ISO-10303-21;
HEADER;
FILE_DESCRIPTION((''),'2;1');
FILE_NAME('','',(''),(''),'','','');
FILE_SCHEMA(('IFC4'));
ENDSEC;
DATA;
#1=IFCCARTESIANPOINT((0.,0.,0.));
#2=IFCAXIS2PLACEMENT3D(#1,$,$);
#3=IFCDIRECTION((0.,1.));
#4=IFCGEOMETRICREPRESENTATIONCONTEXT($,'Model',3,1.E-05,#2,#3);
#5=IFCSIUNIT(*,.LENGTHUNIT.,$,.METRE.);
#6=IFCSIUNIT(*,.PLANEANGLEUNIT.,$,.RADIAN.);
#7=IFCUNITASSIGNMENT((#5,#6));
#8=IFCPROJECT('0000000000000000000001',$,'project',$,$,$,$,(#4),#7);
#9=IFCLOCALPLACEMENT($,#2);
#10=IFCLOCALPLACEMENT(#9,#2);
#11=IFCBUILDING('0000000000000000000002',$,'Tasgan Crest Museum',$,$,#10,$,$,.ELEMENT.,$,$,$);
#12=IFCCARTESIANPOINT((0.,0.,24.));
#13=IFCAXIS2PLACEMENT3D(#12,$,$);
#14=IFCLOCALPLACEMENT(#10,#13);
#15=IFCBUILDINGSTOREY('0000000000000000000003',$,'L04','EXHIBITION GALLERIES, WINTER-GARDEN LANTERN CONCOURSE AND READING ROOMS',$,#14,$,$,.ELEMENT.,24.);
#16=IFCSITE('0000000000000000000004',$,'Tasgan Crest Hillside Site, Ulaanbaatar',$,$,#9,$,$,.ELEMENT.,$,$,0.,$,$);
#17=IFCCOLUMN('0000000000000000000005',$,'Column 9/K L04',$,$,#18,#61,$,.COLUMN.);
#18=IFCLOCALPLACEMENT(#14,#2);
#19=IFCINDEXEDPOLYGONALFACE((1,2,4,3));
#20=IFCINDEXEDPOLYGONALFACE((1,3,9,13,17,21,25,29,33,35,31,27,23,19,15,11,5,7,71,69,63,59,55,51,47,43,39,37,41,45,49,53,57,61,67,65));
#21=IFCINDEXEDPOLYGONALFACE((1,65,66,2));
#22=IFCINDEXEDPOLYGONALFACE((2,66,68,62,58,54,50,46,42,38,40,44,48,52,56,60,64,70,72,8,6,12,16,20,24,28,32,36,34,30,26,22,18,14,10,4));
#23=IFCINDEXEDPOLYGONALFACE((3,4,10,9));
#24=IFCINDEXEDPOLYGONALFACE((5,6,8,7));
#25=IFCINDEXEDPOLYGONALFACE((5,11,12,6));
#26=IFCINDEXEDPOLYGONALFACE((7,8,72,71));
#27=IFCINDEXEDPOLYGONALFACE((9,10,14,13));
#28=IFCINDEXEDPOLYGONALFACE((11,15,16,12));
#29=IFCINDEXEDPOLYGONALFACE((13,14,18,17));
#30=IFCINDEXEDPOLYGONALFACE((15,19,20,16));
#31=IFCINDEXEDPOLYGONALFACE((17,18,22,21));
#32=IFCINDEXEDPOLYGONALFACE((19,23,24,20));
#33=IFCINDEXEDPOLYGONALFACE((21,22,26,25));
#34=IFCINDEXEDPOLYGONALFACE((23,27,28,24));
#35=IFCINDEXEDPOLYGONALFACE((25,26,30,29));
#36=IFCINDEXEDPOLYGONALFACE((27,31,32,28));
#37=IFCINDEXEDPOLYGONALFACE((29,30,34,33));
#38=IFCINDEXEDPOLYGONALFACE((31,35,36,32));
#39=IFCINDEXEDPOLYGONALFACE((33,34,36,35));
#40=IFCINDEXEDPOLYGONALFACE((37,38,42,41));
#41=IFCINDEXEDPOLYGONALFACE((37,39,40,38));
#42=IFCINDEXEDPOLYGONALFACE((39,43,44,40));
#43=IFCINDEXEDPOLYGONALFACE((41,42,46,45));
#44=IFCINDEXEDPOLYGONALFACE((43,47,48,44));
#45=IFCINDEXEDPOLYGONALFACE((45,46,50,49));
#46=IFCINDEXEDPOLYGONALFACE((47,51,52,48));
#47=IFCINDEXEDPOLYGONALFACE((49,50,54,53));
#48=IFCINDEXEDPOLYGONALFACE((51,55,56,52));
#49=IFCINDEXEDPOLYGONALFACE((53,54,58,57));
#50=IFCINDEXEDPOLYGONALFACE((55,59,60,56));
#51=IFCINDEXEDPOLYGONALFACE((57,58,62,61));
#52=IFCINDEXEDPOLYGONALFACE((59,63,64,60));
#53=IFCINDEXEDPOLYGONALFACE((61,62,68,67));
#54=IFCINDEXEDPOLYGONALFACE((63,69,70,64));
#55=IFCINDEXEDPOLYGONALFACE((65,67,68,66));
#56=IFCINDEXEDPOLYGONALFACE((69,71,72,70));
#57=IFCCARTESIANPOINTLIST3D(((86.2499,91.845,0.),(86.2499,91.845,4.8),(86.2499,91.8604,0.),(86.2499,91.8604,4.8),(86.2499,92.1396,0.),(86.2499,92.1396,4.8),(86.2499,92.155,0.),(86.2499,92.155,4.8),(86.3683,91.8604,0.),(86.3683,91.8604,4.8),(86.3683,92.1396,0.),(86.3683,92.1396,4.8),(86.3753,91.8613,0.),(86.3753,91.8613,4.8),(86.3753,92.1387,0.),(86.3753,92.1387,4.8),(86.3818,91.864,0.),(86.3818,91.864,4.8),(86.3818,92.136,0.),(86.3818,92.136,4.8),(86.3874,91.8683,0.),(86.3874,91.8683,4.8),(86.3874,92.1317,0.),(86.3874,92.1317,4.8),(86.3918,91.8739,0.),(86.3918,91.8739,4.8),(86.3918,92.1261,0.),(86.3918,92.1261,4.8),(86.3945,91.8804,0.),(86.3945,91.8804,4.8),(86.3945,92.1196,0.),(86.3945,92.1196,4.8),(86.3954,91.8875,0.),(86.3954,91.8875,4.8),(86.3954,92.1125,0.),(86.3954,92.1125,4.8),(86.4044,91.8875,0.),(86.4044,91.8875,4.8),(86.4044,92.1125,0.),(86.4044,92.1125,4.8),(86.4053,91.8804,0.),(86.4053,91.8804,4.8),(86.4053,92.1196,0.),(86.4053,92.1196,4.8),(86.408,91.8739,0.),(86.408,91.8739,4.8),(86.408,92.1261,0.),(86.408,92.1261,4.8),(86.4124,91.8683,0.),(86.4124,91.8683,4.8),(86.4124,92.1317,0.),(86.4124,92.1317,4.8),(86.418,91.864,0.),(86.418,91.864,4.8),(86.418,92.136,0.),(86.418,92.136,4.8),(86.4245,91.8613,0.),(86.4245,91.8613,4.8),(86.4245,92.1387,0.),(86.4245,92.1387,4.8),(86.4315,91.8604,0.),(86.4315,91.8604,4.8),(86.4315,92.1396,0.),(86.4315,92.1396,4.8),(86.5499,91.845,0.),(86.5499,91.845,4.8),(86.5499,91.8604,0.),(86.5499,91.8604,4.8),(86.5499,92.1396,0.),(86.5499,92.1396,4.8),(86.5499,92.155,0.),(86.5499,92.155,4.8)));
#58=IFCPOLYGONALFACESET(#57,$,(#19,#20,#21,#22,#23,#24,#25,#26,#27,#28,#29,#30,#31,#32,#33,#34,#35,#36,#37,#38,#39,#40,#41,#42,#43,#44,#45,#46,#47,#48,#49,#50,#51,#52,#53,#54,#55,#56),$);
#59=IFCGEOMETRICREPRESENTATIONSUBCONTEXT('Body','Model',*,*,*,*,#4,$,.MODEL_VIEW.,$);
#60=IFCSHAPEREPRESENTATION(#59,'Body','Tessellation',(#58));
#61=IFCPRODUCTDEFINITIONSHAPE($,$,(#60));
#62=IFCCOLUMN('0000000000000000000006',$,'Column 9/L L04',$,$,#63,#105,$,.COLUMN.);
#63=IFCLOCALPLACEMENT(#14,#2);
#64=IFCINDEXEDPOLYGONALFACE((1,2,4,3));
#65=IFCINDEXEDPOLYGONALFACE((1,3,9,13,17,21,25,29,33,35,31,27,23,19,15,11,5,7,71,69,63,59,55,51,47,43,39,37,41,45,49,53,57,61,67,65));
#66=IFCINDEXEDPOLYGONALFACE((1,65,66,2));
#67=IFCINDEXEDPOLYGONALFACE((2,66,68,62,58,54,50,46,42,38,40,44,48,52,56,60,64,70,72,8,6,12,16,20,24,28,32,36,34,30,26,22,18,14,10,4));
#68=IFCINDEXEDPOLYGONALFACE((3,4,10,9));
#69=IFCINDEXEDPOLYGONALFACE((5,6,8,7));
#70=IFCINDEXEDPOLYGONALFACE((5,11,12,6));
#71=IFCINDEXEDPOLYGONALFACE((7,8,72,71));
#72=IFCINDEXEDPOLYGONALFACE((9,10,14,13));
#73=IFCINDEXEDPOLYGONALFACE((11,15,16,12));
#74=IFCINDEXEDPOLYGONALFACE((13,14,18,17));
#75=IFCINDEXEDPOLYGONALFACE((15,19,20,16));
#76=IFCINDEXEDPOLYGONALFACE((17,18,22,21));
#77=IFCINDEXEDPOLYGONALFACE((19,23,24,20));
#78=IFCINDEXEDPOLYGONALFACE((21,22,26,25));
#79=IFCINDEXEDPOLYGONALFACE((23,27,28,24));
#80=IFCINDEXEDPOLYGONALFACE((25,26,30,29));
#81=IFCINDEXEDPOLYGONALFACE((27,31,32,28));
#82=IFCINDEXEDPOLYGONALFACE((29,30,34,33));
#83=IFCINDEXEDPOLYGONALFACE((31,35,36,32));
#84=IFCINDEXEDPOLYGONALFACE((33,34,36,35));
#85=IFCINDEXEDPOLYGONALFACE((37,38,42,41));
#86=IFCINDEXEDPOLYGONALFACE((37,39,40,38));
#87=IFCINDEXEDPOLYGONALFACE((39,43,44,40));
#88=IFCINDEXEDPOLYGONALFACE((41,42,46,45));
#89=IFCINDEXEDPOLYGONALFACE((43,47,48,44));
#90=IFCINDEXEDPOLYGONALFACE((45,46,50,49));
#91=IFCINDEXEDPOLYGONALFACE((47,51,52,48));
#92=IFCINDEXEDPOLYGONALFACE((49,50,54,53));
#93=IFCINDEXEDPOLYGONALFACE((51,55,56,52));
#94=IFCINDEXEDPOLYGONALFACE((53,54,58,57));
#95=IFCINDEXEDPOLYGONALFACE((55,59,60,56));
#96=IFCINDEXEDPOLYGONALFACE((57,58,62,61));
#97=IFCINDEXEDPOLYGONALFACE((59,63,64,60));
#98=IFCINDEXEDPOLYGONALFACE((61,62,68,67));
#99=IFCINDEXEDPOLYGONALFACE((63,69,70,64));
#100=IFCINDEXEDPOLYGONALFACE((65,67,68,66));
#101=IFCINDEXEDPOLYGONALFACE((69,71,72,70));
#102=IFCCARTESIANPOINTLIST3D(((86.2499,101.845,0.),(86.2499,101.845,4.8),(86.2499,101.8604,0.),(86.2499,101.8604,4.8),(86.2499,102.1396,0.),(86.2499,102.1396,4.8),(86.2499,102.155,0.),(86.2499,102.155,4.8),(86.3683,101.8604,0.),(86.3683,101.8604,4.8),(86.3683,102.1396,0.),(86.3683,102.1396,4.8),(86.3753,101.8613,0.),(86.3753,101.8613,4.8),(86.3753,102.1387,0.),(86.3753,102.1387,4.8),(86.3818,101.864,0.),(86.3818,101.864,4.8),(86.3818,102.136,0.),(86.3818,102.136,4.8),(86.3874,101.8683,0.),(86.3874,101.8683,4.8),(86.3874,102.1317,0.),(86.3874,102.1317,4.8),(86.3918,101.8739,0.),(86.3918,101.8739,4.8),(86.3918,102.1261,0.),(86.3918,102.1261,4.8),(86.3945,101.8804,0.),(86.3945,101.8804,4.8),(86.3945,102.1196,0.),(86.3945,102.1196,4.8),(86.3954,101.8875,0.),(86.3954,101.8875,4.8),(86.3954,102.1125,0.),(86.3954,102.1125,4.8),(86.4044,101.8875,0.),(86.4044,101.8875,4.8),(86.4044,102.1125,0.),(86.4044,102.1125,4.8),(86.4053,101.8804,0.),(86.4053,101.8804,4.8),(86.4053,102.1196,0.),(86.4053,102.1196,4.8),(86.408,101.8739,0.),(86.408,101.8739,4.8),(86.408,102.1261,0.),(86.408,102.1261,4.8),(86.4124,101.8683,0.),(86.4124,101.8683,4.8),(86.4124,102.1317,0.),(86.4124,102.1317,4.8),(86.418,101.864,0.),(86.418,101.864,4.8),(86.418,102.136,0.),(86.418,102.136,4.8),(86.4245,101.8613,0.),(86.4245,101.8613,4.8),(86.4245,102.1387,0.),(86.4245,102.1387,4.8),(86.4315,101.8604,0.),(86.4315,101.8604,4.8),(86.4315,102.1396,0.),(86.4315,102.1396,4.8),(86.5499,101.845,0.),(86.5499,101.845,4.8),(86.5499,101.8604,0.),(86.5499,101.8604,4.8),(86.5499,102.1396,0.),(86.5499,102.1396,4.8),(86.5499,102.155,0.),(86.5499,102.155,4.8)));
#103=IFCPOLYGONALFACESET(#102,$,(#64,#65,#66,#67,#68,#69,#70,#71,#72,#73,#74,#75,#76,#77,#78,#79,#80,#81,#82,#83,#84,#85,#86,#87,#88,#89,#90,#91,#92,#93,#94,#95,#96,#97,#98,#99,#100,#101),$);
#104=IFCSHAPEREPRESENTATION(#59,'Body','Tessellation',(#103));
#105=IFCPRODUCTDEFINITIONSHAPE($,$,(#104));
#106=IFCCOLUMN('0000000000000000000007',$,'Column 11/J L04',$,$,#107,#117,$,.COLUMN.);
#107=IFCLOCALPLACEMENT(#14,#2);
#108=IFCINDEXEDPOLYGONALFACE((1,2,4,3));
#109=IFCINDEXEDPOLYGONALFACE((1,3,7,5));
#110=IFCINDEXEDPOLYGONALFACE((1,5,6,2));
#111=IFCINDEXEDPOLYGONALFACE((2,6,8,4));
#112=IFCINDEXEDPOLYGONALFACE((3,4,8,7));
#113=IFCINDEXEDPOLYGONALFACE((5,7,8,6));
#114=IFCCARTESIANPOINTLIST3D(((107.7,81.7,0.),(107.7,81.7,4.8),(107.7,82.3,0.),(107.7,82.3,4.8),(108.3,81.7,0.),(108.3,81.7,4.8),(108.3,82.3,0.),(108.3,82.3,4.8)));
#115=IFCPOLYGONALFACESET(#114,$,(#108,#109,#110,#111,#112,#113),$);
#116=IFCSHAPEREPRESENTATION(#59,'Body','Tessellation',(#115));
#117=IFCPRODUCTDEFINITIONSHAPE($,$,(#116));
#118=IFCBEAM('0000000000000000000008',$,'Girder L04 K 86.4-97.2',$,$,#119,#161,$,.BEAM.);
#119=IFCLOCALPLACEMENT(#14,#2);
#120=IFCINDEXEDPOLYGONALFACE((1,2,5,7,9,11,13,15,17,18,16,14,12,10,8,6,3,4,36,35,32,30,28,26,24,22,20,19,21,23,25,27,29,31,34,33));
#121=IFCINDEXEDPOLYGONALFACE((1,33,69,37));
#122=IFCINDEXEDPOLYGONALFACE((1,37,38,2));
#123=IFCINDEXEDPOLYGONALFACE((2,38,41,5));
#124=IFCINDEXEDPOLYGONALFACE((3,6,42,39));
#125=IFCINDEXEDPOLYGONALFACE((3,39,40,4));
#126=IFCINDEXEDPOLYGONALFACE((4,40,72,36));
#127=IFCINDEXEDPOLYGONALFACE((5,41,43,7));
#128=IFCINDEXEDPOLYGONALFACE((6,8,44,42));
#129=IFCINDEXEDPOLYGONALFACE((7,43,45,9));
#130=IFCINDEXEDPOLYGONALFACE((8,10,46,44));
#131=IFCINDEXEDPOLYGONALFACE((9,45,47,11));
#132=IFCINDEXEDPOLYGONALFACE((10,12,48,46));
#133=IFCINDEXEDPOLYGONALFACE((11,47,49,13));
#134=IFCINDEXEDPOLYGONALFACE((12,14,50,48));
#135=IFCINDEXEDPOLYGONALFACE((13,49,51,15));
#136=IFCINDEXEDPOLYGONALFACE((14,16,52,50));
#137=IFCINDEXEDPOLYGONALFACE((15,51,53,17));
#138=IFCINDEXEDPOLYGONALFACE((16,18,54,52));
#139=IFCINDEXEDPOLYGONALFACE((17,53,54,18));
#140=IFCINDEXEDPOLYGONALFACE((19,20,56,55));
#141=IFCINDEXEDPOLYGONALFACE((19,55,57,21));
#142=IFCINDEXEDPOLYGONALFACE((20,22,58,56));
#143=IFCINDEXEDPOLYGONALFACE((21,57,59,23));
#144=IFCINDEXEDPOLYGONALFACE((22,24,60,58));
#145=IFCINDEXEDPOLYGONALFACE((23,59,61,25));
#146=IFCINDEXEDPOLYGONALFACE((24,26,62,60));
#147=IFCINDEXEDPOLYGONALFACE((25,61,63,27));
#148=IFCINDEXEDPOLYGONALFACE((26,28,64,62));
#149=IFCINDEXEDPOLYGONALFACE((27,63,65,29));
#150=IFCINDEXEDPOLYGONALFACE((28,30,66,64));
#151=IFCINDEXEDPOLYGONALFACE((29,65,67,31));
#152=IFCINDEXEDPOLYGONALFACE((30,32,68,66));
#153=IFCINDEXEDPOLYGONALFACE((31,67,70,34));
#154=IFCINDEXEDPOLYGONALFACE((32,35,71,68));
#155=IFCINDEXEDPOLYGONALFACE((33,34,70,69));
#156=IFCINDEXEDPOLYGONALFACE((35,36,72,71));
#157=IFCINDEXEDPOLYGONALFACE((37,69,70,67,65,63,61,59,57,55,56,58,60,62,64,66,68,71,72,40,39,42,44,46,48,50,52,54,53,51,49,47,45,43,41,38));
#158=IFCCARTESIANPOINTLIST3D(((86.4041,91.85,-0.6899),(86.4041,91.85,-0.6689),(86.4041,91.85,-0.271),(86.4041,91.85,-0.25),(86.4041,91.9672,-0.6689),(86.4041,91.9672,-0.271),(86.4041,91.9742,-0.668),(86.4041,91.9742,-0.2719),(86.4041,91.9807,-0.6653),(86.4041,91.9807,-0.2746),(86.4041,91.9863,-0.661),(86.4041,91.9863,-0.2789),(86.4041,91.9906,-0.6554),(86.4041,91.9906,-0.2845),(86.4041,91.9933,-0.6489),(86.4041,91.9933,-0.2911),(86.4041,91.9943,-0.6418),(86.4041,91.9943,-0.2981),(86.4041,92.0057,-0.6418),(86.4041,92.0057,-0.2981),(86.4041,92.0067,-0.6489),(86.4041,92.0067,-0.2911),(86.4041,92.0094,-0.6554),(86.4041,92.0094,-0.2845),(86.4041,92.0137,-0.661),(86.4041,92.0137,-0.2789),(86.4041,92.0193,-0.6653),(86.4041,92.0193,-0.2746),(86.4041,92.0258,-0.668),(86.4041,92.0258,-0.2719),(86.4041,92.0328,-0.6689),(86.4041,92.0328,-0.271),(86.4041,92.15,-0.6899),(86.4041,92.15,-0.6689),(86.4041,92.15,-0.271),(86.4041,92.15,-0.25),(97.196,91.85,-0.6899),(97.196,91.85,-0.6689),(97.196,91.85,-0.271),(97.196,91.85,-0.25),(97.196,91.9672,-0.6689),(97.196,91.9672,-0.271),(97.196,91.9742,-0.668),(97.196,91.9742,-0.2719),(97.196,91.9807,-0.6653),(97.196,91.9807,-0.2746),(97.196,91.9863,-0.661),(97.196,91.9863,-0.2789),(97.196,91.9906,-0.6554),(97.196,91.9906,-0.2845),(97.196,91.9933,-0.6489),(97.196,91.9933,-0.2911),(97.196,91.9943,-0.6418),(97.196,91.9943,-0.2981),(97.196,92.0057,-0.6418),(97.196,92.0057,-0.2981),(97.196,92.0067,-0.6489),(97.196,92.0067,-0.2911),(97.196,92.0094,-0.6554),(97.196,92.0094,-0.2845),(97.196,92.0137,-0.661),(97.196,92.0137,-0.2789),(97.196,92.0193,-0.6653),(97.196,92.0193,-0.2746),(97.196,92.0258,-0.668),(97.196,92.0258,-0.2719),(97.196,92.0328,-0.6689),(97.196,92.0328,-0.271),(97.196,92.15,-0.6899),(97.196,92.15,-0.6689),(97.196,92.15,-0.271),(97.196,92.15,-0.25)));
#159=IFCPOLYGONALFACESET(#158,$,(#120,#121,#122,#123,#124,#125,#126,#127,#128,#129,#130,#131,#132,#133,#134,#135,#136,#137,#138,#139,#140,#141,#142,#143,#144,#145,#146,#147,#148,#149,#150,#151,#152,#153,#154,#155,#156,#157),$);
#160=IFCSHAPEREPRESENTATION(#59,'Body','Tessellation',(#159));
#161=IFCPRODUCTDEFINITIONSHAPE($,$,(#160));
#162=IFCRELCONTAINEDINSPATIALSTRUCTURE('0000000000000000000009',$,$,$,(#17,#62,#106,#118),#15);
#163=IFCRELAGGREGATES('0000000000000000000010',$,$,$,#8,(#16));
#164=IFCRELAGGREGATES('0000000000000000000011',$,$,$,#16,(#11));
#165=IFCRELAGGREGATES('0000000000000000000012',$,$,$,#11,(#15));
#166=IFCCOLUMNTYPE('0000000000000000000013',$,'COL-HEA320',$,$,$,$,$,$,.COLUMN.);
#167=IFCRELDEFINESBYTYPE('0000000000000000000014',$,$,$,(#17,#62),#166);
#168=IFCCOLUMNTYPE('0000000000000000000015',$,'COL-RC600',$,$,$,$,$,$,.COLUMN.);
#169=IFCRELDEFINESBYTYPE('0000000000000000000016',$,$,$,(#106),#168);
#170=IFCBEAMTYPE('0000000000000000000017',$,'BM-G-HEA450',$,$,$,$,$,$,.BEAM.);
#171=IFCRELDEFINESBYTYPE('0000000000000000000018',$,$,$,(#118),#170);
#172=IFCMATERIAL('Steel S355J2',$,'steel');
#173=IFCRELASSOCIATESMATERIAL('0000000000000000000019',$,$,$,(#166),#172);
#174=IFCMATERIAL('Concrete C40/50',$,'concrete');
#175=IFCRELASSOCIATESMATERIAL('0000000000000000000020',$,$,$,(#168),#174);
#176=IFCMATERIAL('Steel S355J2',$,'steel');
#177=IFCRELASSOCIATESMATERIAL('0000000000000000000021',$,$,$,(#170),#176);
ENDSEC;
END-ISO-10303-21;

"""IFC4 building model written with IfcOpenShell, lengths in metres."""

from ifc_helpers import new_model, si_unit, direction, frame, origin, origin_2d, place, context, subcontext, project, spatial, rectangle, i_section, extrude, material, material_profile, profile_set, type_object, element, save


model = new_model("IFC4")

# Units and contexts
model_context = context("Model", 3, precision=1e-05, world=origin(), true_north=direction((0.0, 1.0)))
body_context = subcontext(model_context, "Body", "Model", "MODEL_VIEW")
ifc_project = project(units=[si_unit("LENGTHUNIT", "METRE"), si_unit("PLANEANGLEUNIT", "RADIAN")], contexts=[model_context])

# Site, building, storey
site_placement = place(None, origin())
site = spatial("IfcSite", under=ifc_project, at=site_placement, Name="Tasgan Crest Hillside Site, Ulaanbaatar", CompositionType="ELEMENT", RefElevation=0.0)
building_placement = place(site_placement, origin())
building = spatial("IfcBuilding", under=site, at=building_placement, Name="Tasgan Crest Museum", CompositionType="ELEMENT")
storey_placement = place(building_placement, frame((0.0, 0.0, 24.0)))
storey = spatial("IfcBuildingStorey", under=building, at=storey_placement, Name="L04", Description="EXHIBITION GALLERIES, WINTER-GARDEN LANTERN CONCOURSE AND READING ROOMS", CompositionType="ELEMENT", Elevation=24.0)

# Columns
ifc_material_1 = material(Name="Steel S355J2", Category="steel")
ifc_material_profile_1 = material_profile(ifc_material_1, i_section(OverallWidth=0.3, OverallDepth=0.3101, WebThickness=0.009, FlangeThickness=0.0154, FilletRadius=0.0271, at=origin_2d()), Name="HEA 320")
ifc_profile_set_1 = profile_set([ifc_material_profile_1], Name="Steel S355J2")
column_type_1 = type_object("IfcColumnType", Name="COL-HEA320", PredefinedType="COLUMN", material=ifc_profile_set_1)
for number, where, z_axis, x_axis, name in (
    (1, (86.3999, 92.0, 0.0), (0.0, 0.0, 1.0), (1.0, 0.0, 0.0), "Column 9/K L04"),
    (2, (86.3999, 102.0, 0.0), (0.0, 0.0, 1.0), (1.0, 0.0, 0.0), "Column 9/L L04"),
):
    element("IfcColumn", number, at=place(storey_placement, frame(where, z_axis=z_axis, x_axis=x_axis)), inside=storey, type_object=column_type_1, Name=name, PredefinedType="COLUMN", context=body_context, shape_type="SweptSolid", body=[
        extrude(i_section(OverallWidth=0.3, OverallDepth=0.3101, WebThickness=0.009, FlangeThickness=0.0154, FilletRadius=0.0271, at=origin_2d()), origin(), (0.0, 0.0, 1.0), 4.8),
    ])
ifc_material_2 = material(Name="Concrete C40/50", Category="concrete")
ifc_material_profile_2 = material_profile(ifc_material_2, rectangle(XDim=0.6001, YDim=0.6001, at=origin_2d()), Name="RC 600x600")
ifc_profile_set_2 = profile_set([ifc_material_profile_2], Name="Concrete C40/50")
column_type_2 = type_object("IfcColumnType", Name="COL-RC600", PredefinedType="COLUMN", material=ifc_profile_set_2)
column_placement = place(storey_placement, frame((108.0, 82.0, 0.0), z_axis=(0.0, 0.0, 1.0), x_axis=(1.0, 0.0, 0.0)))
element("IfcColumn", 3, at=column_placement, inside=storey, type_object=column_type_2, Name="Column 11/J L04", PredefinedType="COLUMN", context=body_context, shape_type="SweptSolid", body=[
    extrude(rectangle(XDim=0.6001, YDim=0.6001, at=origin_2d()), origin(), (0.0, 0.0, 1.0), 4.8),
])

# Beam
ifc_material_3 = material(Name="Steel S355J2", Category="steel")
ifc_material_profile_3 = material_profile(ifc_material_3, i_section(OverallWidth=0.3, OverallDepth=0.4399, WebThickness=0.0115, FlangeThickness=0.021, FilletRadius=0.0271, at=origin_2d()), Name="HEA 450")
ifc_profile_set_3 = profile_set([ifc_material_profile_3], Name="Steel S355J2")
beam_type_1 = type_object("IfcBeamType", Name="BM-G-HEA450", PredefinedType="BEAM", material=ifc_profile_set_3)
for number, where, z_axis, x_axis, name in (
    (4, (86.4041, 92.0, -0.47), (1.0, 0.0, 0.0), (0.0, 1.0, 0.0), "Girder L04 K 86.4-97.2"),
):
    element("IfcBeam", number, at=place(storey_placement, frame(where, z_axis=z_axis, x_axis=x_axis)), inside=storey, type_object=beam_type_1, Name=name, PredefinedType="BEAM", context=body_context, shape_type="SweptSolid", body=[
        extrude(i_section(OverallWidth=0.3, OverallDepth=0.4399, WebThickness=0.0115, FlangeThickness=0.021, FilletRadius=0.0271, at=origin_2d()), origin(), (0.0, 0.0, 1.0), 10.792),
    ])

save(model, "model.ifc")
